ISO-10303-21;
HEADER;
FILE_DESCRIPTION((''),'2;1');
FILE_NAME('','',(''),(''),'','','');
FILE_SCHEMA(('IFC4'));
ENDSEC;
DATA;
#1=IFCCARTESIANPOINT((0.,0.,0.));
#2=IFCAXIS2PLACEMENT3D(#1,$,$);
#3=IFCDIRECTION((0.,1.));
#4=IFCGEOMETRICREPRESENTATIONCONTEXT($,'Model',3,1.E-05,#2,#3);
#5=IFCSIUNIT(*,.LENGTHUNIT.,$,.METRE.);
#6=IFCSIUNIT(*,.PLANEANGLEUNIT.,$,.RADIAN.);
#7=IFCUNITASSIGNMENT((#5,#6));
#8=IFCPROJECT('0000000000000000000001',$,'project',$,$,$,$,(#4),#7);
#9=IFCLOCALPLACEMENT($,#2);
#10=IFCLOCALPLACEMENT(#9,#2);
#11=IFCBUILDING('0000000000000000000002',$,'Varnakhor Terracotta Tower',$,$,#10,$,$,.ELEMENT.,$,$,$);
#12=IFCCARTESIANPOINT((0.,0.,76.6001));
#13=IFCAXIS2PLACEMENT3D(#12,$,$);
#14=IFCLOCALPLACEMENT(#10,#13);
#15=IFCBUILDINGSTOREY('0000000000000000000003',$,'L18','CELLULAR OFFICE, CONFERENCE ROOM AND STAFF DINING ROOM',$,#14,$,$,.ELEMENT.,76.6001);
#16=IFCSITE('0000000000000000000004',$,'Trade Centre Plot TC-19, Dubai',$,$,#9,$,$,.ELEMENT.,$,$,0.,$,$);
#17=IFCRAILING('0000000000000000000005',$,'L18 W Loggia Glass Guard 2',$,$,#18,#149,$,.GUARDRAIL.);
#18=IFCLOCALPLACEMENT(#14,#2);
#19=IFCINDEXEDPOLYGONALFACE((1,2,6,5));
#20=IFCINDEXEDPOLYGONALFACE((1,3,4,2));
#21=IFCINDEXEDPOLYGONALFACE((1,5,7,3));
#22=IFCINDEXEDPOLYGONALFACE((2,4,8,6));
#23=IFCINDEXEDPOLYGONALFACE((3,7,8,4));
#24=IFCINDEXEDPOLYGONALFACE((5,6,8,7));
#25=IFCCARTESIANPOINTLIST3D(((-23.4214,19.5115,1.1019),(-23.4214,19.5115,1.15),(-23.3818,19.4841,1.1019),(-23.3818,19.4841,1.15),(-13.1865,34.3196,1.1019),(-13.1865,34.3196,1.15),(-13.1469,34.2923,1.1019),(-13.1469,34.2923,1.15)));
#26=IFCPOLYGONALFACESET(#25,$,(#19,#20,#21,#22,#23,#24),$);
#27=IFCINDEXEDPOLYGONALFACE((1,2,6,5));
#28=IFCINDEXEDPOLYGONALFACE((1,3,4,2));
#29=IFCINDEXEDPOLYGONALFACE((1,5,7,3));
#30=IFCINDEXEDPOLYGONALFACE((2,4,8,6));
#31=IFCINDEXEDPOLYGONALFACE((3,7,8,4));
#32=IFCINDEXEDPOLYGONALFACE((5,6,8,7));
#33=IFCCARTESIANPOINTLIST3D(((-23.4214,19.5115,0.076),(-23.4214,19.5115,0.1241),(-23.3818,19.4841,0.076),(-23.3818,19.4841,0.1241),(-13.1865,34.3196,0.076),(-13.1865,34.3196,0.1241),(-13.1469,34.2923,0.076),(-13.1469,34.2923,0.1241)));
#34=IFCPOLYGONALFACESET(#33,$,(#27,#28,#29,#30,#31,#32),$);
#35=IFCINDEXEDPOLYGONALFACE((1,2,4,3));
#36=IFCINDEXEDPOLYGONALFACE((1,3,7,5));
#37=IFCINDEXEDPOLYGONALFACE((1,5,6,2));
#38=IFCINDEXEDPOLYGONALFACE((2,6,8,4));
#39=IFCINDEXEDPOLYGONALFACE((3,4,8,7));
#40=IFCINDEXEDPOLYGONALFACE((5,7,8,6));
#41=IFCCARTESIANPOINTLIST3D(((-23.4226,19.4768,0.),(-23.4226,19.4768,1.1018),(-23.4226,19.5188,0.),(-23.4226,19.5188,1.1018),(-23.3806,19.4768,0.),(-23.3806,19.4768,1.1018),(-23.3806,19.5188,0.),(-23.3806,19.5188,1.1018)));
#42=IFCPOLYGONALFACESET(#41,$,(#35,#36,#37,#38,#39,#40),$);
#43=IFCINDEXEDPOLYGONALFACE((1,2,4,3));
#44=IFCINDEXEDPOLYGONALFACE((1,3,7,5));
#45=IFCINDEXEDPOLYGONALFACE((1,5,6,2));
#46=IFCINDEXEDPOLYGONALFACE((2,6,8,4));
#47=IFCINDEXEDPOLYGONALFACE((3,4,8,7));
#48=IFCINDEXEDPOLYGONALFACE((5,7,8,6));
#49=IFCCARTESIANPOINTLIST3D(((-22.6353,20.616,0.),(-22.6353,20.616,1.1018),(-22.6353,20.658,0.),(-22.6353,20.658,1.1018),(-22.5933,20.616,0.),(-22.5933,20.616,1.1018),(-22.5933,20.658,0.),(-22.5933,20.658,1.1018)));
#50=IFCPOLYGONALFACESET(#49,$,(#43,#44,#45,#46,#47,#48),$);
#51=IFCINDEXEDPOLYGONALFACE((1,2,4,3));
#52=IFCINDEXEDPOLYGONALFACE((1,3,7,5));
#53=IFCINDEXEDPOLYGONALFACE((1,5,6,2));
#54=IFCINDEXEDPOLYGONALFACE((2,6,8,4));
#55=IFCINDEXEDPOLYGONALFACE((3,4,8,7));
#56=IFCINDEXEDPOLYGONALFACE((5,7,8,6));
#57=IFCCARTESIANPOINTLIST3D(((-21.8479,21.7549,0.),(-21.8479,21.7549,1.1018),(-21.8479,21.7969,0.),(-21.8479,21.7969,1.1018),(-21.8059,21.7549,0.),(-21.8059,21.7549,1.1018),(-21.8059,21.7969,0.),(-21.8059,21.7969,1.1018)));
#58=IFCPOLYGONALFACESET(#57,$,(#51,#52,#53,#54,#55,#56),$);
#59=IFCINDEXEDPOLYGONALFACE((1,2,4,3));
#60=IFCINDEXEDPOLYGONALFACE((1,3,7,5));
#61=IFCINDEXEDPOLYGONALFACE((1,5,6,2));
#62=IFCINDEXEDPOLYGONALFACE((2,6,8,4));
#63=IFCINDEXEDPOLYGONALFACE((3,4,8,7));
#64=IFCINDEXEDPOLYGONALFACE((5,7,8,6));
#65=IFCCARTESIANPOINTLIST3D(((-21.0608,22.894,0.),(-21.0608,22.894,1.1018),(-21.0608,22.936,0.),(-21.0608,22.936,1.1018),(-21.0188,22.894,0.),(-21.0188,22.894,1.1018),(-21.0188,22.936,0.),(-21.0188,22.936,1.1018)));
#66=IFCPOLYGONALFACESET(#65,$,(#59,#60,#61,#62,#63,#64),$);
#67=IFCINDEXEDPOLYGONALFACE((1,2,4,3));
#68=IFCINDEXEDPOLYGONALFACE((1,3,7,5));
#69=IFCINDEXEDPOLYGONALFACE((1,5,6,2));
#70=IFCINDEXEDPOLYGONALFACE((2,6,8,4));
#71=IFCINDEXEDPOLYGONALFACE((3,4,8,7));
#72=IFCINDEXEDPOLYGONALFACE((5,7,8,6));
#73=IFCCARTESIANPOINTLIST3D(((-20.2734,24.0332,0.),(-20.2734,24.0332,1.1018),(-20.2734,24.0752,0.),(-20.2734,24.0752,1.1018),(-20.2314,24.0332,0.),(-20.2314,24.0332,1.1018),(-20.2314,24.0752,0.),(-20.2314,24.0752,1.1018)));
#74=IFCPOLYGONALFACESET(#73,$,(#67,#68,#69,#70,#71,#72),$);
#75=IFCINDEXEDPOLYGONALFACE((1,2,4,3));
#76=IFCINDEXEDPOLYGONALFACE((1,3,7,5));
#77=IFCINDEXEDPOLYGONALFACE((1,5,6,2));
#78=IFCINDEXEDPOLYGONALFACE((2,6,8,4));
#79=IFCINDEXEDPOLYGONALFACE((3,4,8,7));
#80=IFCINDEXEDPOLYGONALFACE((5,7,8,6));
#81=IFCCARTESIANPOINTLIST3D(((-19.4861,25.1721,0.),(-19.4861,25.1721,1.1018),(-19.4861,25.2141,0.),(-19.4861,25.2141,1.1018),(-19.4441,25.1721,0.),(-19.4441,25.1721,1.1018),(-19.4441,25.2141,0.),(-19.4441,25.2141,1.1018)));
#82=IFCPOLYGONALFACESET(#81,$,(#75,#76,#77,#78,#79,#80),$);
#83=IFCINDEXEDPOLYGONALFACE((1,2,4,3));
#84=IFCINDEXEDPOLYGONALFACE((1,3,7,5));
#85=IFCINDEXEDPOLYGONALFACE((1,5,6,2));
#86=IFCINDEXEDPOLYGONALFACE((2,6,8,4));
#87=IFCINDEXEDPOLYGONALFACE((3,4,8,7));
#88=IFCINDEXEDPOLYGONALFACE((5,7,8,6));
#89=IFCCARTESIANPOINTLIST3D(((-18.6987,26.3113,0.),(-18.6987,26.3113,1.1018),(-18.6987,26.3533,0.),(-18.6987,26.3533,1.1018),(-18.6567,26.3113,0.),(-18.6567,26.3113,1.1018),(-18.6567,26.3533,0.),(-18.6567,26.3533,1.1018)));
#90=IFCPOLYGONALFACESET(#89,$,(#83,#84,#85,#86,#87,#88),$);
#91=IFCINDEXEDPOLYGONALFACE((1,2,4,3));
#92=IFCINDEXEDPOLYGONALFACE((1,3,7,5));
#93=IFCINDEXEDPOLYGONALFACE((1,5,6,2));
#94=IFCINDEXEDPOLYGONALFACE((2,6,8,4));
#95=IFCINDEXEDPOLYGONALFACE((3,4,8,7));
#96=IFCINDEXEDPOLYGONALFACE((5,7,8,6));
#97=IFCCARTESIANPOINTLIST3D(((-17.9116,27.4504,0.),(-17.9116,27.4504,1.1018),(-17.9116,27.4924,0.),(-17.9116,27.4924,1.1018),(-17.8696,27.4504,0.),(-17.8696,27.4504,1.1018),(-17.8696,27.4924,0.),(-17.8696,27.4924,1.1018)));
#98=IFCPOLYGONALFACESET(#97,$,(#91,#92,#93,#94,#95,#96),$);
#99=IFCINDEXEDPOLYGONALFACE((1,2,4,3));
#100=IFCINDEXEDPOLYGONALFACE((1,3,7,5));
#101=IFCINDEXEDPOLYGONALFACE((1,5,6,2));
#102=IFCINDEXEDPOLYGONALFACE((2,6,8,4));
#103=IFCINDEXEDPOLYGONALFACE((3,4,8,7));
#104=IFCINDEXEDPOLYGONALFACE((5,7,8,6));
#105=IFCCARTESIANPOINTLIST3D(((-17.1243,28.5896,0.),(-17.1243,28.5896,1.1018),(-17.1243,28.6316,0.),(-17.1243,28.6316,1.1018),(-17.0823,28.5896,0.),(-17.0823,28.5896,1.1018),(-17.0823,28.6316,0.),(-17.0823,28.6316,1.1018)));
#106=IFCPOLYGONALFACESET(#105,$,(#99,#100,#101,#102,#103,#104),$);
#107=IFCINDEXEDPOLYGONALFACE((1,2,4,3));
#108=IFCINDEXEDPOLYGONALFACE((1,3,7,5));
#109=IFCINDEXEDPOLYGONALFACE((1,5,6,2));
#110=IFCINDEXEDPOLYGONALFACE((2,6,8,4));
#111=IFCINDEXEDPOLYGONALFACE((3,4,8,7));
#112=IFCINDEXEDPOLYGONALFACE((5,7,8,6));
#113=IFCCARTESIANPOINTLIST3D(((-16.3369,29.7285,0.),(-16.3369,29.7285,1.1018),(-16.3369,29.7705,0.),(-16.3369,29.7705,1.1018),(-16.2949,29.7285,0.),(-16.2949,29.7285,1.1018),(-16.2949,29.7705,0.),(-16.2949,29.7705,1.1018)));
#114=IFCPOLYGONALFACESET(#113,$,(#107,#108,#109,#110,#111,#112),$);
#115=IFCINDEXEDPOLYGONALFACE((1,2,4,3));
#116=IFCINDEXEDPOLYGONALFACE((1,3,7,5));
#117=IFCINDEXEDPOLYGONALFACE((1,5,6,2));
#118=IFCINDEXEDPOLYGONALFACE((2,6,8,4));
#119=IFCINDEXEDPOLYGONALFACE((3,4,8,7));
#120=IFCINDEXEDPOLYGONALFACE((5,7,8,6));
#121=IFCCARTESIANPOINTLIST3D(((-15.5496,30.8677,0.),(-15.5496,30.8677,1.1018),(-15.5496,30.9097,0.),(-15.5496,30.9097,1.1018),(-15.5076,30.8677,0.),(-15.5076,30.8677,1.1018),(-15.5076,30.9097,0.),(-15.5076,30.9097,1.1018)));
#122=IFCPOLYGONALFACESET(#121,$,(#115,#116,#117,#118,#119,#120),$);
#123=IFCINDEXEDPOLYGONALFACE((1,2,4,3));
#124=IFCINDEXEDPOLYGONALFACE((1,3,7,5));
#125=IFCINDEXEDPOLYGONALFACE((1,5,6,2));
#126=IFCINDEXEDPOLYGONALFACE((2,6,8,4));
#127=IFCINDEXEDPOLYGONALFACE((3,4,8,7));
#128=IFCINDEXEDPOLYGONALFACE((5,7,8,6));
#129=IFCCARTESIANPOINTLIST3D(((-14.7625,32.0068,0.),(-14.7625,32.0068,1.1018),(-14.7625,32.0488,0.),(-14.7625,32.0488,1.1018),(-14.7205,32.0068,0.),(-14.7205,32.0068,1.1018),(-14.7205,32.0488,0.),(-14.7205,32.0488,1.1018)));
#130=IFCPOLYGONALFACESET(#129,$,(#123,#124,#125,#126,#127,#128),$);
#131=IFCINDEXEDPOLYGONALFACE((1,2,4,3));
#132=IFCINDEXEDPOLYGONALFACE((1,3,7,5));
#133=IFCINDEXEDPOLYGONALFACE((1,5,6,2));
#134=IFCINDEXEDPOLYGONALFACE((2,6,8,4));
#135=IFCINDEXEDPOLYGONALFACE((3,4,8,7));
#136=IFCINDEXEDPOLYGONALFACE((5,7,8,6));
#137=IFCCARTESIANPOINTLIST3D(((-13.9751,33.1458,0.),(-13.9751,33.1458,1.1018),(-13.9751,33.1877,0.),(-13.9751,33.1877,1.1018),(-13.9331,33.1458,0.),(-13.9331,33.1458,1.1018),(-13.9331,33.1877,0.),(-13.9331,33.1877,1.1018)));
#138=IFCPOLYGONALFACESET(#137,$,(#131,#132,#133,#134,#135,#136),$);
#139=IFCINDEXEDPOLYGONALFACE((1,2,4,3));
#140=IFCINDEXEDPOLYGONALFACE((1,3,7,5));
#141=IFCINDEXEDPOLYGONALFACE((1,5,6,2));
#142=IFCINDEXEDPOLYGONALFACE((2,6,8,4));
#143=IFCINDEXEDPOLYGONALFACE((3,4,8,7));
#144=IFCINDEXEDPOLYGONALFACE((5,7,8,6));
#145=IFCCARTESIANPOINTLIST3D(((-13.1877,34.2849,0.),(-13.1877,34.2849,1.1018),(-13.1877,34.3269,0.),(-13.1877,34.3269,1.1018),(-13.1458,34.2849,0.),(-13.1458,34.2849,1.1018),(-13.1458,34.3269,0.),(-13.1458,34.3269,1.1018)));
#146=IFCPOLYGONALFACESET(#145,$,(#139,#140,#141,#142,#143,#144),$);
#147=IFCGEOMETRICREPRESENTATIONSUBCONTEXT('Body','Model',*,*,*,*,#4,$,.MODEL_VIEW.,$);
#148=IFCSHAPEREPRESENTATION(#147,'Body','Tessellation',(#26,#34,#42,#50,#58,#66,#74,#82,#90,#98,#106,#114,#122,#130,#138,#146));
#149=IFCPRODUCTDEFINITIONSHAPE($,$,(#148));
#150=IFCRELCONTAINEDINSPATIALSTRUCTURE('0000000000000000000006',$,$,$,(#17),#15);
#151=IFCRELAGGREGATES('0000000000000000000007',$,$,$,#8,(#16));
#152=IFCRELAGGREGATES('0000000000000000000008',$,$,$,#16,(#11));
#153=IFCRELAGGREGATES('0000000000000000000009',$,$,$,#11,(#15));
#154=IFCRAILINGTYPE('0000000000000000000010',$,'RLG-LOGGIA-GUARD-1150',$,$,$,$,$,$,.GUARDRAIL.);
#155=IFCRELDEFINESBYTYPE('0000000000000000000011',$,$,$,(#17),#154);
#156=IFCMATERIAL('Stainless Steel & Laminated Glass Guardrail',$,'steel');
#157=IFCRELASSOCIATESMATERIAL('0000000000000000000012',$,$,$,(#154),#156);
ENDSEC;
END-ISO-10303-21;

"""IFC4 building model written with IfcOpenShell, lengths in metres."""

from ifc_helpers import new_model, si_unit, direction, frame, origin, origin_2d, place, context, subcontext, project, spatial, rectangle, extrude, material, type_object, element, save


model = new_model("IFC4")

# Units and contexts
model_context = context("Model", 3, precision=1e-05, world=origin(), true_north=direction((0.0, 1.0)))
body_context = subcontext(model_context, "Body", "Model", "MODEL_VIEW")
ifc_project = project(units=[si_unit("LENGTHUNIT", "METRE"), si_unit("PLANEANGLEUNIT", "RADIAN")], contexts=[model_context])

# Site, building, storey
site_placement = place(None, origin())
site = spatial("IfcSite", under=ifc_project, at=site_placement, Name="Trade Centre Plot TC-19, Dubai", CompositionType="ELEMENT", RefElevation=0.0)
building_placement = place(site_placement, origin())
building = spatial("IfcBuilding", under=site, at=building_placement, Name="Varnakhor Terracotta Tower", CompositionType="ELEMENT")
storey_placement = place(building_placement, frame((0.0, 0.0, 76.6001)))
storey = spatial("IfcBuildingStorey", under=building, at=storey_placement, Name="L18", Description="CELLULAR OFFICE, CONFERENCE ROOM AND STAFF DINING ROOM", CompositionType="ELEMENT", Elevation=76.6001)

# Railing
ifc_material_1 = material(Name="Stainless Steel & Laminated Glass Guardrail", Category="steel")
railing_type = type_object("IfcRailingType", Name="RLG-LOGGIA-GUARD-1150", PredefinedType="GUARDRAIL", material=ifc_material_1)
railing_1_placement = place(storey_placement, frame((-23.4016, 19.4978, 0.0)))
element("IfcRailing", 1, at=railing_1_placement, inside=storey, type_object=railing_type, Name="L18 W Loggia Glass Guard 2", PredefinedType="GUARDRAIL", context=body_context, shape_type="SweptSolid", body=[
    extrude(rectangle(XDim=0.0481, YDim=0.0481, at=origin_2d()), frame((0.0, 0.0, 1.126), z_axis=(0.568575, 0.822631, 0.0), x_axis=(-0.822631, 0.568575, 0.0)), (0.0, 0.0, 1.0), 18.001),
    extrude(rectangle(XDim=0.0481, YDim=0.0481, at=origin_2d()), frame((0.0, 0.0, 0.1001), z_axis=(0.568575, 0.822631, 0.0), x_axis=(-0.822631, 0.568575, 0.0)), (0.0, 0.0, 1.0), 18.001),
    extrude(rectangle(XDim=0.042, YDim=0.042, at=origin_2d()), origin(), (0.0, 0.0, 1.0), 1.1018),
    extrude(rectangle(XDim=0.042, YDim=0.042, at=origin_2d()), frame((0.7874, 1.1392, 0.0)), (0.0, 0.0, 1.0), 1.1018),
    extrude(rectangle(XDim=0.042, YDim=0.042, at=origin_2d()), frame((1.5747, 2.2781, 0.0)), (0.0, 0.0, 1.0), 1.1018),
    extrude(rectangle(XDim=0.042, YDim=0.042, at=origin_2d()), frame((2.3618, 3.4172, 0.0)), (0.0, 0.0, 1.0), 1.1018),
    extrude(rectangle(XDim=0.042, YDim=0.042, at=origin_2d()), frame((3.1492, 4.5564, 0.0)), (0.0, 0.0, 1.0), 1.1018),
    extrude(rectangle(XDim=0.042, YDim=0.042, at=origin_2d()), frame((3.9365, 5.6953, 0.0)), (0.0, 0.0, 1.0), 1.1018),
    extrude(rectangle(XDim=0.042, YDim=0.042, at=origin_2d()), frame((4.7239, 6.8345, 0.0)), (0.0, 0.0, 1.0), 1.1018),
    extrude(rectangle(XDim=0.042, YDim=0.042, at=origin_2d()), frame((5.511, 7.9736, 0.0)), (0.0, 0.0, 1.0), 1.1018),
    extrude(rectangle(XDim=0.042, YDim=0.042, at=origin_2d()), frame((6.2983, 9.1128, 0.0)), (0.0, 0.0, 1.0), 1.1018),
    extrude(rectangle(XDim=0.042, YDim=0.042, at=origin_2d()), frame((7.0857, 10.2517, 0.0)), (0.0, 0.0, 1.0), 1.1018),
    extrude(rectangle(XDim=0.042, YDim=0.042, at=origin_2d()), frame((7.873, 11.3909, 0.0)), (0.0, 0.0, 1.0), 1.1018),
    extrude(rectangle(XDim=0.042, YDim=0.042, at=origin_2d()), frame((8.6602, 12.53, 0.0)), (0.0, 0.0, 1.0), 1.1018),
    extrude(rectangle(XDim=0.042, YDim=0.042, at=origin_2d()), frame((9.4475, 13.6689, 0.0)), (0.0, 0.0, 1.0), 1.1018),
    extrude(rectangle(XDim=0.042, YDim=0.042, at=origin_2d()), frame((10.2349, 14.8081, 0.0)), (0.0, 0.0, 1.0), 1.1018),
])

save(model, "model.ifc")
